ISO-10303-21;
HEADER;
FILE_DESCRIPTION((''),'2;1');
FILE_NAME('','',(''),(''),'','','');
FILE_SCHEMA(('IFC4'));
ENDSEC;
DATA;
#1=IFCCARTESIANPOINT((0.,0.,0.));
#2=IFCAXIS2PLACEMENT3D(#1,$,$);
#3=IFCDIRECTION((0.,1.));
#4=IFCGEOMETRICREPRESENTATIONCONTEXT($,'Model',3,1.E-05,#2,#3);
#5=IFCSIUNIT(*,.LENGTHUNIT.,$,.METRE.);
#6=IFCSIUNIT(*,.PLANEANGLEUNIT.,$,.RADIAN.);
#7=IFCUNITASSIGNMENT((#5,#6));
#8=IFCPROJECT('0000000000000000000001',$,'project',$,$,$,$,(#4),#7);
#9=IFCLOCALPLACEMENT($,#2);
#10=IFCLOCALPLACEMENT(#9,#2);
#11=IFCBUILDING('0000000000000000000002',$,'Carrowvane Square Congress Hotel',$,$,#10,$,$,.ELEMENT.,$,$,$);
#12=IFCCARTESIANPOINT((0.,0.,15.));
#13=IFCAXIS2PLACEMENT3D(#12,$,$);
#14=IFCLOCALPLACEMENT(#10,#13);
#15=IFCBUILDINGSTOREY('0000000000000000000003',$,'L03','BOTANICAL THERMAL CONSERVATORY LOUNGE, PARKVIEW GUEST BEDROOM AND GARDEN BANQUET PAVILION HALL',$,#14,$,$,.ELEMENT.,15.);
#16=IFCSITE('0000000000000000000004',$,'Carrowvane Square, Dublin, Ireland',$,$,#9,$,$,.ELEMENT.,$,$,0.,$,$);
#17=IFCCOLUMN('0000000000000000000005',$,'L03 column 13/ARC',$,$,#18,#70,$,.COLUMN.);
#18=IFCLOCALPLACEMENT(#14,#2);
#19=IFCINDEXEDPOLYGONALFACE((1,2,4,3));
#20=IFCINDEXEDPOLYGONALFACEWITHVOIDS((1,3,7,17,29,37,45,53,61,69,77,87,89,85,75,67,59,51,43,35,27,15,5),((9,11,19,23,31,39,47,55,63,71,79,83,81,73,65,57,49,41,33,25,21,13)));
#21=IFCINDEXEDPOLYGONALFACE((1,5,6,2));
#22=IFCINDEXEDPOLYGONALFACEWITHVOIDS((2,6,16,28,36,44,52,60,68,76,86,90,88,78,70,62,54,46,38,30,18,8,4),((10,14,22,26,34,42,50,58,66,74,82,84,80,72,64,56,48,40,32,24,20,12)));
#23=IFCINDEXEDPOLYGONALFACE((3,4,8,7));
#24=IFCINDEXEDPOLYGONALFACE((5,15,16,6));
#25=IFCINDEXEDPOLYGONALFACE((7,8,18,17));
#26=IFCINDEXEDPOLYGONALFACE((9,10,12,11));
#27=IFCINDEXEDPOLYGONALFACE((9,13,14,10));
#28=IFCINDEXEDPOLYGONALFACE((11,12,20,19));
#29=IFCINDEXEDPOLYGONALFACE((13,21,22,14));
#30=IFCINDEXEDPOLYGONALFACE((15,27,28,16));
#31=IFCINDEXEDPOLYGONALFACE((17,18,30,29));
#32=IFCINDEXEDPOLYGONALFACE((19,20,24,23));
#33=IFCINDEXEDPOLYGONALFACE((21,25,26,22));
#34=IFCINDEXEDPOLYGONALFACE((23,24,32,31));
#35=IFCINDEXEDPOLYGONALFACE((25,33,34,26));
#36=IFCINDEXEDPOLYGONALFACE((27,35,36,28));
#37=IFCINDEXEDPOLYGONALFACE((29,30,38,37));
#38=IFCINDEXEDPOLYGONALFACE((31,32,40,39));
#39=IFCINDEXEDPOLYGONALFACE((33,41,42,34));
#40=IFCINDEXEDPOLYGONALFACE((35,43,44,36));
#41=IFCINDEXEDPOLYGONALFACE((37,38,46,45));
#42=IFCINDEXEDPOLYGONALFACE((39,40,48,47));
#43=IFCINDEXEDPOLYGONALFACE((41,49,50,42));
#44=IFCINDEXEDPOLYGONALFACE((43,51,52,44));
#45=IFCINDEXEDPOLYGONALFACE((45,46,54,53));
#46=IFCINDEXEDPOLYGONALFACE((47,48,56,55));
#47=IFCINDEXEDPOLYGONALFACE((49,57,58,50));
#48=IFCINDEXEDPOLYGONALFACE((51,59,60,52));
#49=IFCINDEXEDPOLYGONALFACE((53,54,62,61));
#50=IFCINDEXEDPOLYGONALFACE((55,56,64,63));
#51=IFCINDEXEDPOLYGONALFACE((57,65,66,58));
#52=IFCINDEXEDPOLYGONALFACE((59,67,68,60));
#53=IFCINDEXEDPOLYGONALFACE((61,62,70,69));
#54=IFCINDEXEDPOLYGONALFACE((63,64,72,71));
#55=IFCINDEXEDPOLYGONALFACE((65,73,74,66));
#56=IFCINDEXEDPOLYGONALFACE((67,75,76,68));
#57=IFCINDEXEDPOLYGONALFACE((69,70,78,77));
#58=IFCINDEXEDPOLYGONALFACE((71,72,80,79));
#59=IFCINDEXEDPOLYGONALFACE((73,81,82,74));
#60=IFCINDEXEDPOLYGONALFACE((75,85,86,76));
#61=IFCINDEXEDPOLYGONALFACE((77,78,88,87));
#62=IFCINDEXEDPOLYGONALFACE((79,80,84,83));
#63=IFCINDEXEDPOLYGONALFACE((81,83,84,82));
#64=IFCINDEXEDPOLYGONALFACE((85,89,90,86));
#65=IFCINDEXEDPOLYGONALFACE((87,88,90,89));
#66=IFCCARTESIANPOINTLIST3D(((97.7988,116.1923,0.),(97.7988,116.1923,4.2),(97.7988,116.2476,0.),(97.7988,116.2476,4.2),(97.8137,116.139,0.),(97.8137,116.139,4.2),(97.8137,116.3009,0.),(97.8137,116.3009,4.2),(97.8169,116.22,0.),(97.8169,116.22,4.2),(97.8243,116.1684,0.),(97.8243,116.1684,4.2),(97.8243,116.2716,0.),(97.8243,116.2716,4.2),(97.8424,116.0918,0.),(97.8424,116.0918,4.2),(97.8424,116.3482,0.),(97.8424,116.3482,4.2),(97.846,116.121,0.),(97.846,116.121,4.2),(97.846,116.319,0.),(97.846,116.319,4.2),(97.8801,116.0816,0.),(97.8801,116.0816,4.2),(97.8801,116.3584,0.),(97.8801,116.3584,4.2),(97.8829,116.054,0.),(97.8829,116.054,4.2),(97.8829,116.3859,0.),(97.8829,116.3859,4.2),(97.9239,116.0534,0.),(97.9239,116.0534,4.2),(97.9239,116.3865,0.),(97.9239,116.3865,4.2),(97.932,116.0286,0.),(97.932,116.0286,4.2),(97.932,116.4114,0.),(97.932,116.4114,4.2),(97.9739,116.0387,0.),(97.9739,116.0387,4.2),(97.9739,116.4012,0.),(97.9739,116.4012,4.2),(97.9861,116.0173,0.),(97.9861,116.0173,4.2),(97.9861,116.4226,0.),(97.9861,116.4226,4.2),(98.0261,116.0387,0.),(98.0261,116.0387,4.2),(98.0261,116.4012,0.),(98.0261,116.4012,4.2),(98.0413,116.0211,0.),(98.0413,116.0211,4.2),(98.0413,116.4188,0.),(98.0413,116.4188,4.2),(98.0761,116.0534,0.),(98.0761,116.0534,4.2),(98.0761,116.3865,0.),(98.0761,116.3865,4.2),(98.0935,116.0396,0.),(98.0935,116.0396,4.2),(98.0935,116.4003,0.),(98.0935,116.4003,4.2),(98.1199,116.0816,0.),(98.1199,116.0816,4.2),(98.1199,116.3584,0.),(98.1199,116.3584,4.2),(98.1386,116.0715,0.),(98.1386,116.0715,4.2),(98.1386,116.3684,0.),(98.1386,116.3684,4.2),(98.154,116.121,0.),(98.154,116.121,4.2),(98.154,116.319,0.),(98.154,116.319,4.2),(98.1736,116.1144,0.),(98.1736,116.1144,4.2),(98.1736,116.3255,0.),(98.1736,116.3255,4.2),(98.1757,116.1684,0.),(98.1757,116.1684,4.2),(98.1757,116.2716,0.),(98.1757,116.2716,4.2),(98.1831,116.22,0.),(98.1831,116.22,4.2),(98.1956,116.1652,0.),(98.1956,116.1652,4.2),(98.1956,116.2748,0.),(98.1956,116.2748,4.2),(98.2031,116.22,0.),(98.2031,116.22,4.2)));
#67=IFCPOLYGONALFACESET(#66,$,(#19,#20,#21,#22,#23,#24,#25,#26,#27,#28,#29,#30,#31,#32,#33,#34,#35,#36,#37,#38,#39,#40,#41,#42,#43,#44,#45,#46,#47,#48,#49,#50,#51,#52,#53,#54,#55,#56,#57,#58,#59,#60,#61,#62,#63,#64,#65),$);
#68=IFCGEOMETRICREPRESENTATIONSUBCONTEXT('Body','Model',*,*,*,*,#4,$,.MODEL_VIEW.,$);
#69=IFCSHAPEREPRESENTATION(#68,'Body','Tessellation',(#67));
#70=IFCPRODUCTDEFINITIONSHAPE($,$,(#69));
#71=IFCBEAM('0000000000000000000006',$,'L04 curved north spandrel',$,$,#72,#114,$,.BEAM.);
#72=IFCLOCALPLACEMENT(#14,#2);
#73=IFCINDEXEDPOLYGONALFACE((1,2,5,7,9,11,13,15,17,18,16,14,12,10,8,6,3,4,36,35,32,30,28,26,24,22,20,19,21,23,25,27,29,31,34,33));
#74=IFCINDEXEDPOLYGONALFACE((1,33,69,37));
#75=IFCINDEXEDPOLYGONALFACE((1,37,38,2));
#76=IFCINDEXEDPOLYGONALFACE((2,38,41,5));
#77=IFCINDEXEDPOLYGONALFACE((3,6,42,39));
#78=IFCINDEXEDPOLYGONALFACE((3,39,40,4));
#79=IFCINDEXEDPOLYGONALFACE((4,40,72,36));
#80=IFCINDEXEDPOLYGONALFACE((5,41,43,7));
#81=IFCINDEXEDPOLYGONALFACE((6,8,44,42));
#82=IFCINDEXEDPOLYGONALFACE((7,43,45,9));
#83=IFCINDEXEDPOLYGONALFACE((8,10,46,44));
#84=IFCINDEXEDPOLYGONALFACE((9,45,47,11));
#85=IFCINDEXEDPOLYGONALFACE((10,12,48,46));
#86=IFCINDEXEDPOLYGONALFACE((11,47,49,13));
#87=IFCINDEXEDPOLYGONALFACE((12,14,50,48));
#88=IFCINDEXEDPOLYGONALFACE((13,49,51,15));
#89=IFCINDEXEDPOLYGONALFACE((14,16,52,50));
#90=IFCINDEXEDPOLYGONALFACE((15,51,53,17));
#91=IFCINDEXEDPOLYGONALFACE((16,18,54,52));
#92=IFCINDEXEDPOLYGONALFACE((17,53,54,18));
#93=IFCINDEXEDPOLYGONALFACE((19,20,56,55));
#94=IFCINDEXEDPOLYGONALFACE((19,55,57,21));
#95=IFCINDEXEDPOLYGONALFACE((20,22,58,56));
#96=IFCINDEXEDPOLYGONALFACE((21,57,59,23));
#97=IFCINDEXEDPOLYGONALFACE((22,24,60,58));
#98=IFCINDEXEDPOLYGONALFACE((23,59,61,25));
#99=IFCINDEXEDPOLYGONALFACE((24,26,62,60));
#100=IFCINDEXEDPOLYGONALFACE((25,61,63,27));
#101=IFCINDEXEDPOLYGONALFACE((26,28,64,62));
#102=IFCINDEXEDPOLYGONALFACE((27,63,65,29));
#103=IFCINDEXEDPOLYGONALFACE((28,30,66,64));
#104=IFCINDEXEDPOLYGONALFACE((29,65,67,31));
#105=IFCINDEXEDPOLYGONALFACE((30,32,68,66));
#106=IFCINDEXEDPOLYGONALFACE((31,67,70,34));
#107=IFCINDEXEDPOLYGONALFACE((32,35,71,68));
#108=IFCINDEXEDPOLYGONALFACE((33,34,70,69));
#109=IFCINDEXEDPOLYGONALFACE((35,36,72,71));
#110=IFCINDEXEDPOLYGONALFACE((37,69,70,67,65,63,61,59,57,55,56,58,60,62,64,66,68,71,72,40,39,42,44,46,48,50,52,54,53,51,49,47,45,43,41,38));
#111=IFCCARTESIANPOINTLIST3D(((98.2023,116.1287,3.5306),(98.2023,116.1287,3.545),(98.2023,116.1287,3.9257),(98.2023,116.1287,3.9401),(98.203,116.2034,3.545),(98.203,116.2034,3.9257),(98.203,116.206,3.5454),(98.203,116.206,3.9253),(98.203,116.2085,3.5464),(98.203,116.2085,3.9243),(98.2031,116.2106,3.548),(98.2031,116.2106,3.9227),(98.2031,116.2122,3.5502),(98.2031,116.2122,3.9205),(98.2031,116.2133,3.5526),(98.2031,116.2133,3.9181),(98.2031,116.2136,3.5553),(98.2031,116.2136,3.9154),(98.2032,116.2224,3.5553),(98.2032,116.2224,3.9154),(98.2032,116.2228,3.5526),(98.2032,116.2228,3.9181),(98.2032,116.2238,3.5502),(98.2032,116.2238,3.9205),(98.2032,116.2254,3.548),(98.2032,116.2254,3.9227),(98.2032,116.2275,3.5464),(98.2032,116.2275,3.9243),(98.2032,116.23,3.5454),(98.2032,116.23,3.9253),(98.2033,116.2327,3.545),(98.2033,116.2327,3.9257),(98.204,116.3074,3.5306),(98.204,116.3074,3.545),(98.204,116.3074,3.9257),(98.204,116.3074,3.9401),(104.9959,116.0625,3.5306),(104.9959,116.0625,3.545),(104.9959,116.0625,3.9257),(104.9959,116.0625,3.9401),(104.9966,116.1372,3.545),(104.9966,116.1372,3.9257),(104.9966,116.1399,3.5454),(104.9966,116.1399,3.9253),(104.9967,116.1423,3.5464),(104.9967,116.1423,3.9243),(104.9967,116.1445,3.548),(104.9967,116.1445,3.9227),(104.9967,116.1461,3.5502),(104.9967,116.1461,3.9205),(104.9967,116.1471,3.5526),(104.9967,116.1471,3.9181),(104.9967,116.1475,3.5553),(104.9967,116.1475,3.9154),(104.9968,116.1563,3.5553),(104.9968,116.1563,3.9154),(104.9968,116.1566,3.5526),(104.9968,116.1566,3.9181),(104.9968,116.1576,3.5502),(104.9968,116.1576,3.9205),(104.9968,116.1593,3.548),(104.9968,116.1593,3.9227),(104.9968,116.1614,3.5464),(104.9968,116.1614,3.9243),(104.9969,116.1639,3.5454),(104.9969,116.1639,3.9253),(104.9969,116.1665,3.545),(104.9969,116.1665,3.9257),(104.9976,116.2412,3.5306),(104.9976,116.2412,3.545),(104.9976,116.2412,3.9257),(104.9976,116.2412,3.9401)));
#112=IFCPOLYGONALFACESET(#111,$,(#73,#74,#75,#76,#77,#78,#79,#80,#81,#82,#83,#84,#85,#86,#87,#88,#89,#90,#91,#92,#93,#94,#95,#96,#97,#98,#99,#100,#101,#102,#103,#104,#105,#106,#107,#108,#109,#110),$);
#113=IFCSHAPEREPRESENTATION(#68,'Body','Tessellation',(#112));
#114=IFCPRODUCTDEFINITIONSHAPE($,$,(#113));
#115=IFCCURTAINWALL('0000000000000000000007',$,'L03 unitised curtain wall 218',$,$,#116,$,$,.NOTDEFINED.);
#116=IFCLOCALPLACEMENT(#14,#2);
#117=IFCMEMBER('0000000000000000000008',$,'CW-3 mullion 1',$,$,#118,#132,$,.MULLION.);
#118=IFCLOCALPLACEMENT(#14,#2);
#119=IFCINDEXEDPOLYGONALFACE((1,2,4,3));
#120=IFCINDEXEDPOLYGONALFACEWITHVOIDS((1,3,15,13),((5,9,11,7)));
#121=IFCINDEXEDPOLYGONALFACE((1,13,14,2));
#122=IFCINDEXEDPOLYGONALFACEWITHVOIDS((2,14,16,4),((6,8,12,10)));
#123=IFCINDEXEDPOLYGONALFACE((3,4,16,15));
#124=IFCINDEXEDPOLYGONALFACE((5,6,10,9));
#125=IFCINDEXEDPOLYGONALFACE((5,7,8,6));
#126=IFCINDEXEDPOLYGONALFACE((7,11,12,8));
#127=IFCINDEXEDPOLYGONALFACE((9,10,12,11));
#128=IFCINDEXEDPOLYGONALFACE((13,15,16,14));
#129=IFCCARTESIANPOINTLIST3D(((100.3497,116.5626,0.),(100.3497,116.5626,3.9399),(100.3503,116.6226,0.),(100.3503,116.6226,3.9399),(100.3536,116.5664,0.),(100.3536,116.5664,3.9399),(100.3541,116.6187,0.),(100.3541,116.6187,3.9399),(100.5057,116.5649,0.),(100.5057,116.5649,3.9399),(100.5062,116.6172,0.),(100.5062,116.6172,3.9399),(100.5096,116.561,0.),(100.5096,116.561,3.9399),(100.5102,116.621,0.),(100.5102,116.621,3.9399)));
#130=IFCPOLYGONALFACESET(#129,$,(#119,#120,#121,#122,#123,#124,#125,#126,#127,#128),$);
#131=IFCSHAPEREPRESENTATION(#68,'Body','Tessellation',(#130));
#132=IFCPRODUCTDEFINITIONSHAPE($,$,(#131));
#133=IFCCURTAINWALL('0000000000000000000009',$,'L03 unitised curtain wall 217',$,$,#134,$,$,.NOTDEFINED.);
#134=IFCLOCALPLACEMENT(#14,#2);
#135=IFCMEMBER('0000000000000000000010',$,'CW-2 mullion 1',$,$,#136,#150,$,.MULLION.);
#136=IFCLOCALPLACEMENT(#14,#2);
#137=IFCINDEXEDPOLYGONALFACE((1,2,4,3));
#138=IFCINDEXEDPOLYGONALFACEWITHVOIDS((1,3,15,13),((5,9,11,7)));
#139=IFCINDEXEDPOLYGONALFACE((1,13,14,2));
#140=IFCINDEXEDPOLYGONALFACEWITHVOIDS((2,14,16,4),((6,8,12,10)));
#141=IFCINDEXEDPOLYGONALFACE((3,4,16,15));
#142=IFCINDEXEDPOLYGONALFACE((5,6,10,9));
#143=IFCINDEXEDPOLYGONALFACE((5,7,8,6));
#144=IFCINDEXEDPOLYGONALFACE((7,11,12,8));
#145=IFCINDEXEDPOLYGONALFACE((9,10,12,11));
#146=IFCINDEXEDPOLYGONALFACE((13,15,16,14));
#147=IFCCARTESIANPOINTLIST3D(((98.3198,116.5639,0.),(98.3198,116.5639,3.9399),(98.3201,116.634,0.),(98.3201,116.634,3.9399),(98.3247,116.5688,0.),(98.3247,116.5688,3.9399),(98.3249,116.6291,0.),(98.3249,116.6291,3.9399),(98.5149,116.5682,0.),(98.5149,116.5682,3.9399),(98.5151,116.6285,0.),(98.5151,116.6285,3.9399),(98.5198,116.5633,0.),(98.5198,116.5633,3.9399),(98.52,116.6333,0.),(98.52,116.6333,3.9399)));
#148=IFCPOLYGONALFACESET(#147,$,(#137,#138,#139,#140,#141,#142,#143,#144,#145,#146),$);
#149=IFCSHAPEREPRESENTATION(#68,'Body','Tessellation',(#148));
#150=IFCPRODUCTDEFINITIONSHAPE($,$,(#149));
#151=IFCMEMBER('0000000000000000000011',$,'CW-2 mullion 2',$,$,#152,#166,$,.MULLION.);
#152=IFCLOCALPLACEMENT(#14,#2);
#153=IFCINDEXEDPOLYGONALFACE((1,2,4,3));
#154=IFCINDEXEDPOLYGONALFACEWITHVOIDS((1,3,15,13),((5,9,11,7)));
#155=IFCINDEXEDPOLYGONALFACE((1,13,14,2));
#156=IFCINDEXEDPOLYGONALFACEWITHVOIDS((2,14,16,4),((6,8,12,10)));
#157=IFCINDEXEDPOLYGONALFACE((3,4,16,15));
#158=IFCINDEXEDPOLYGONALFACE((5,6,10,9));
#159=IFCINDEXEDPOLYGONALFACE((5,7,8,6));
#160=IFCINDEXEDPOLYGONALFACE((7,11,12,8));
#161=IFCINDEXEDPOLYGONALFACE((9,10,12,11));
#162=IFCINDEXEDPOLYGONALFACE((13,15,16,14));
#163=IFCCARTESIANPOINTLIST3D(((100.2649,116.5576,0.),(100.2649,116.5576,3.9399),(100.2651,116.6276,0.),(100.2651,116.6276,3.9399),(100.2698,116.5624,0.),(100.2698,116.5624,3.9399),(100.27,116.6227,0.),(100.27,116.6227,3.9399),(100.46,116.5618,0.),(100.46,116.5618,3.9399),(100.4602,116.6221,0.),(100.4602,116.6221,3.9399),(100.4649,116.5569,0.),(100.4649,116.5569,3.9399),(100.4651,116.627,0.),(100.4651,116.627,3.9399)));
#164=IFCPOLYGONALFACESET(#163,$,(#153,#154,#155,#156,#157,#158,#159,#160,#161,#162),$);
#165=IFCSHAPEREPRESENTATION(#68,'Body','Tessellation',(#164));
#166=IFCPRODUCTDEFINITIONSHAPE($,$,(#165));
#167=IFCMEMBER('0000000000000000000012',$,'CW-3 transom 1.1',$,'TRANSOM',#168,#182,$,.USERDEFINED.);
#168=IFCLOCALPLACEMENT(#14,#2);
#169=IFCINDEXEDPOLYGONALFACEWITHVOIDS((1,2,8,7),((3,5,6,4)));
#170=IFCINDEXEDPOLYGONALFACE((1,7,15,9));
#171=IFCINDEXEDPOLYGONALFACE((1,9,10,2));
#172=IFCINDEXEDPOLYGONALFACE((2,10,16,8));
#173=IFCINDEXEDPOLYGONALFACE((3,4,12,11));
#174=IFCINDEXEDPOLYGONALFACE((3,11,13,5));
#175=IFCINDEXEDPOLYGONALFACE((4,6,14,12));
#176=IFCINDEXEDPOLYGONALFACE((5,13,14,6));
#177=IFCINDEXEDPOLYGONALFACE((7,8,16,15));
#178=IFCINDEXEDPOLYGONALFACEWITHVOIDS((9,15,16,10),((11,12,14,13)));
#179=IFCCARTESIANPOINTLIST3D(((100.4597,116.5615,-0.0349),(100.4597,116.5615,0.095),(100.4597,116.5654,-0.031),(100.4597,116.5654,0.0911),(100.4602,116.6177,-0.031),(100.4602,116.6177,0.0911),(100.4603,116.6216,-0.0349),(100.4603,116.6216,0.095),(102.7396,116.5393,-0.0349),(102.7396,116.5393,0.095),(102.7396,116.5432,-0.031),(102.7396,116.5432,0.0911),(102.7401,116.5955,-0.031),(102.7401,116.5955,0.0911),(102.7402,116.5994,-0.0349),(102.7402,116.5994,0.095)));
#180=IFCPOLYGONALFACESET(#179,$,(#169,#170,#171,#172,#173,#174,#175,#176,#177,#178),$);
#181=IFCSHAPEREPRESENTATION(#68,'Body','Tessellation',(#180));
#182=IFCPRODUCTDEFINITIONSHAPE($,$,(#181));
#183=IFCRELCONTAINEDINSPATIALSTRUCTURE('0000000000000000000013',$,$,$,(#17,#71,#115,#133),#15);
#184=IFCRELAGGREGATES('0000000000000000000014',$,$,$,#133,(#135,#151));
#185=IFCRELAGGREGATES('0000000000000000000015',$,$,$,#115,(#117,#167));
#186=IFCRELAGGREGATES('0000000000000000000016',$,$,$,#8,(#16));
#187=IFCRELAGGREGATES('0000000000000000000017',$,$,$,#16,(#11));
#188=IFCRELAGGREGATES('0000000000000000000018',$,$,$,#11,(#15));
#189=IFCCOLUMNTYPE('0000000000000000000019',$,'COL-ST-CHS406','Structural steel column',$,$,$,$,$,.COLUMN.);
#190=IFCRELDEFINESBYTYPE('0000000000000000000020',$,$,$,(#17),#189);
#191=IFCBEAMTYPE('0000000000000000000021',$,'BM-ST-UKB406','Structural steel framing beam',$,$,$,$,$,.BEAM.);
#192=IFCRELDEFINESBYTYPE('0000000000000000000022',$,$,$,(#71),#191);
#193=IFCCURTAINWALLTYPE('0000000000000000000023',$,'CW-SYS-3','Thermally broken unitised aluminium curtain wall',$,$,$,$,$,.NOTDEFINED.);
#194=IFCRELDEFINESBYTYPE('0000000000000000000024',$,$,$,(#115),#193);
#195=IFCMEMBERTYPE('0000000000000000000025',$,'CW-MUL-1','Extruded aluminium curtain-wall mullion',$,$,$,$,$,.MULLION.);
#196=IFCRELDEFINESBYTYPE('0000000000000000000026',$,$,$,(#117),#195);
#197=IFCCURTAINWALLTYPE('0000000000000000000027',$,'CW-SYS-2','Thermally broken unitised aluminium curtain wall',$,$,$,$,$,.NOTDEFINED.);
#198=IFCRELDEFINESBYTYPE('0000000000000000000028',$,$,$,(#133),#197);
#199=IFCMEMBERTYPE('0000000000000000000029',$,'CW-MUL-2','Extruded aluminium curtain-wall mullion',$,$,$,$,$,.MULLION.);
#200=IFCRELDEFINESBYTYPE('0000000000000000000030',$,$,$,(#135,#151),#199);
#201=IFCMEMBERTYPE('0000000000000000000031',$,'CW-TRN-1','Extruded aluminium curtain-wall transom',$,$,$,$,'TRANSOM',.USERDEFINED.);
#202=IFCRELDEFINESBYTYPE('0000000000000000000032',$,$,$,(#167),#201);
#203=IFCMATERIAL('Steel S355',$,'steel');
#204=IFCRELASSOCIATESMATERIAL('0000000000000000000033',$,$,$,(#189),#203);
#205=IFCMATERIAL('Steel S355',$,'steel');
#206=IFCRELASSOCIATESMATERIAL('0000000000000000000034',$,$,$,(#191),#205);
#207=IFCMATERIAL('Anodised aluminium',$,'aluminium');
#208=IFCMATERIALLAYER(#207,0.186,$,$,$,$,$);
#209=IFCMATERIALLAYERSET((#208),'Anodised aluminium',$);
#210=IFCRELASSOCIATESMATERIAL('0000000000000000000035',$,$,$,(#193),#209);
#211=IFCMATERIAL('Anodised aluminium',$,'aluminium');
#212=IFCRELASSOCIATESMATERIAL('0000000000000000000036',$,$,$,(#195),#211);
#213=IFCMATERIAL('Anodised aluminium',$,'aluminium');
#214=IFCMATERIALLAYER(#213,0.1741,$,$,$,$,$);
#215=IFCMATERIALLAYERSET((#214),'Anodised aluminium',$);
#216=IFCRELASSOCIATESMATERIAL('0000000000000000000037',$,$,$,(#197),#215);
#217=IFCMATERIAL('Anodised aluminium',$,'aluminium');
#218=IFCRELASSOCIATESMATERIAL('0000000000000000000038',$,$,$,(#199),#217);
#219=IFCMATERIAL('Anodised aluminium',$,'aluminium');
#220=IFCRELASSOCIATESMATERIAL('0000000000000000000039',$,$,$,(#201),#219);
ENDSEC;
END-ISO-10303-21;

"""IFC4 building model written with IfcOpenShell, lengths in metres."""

from ifc_helpers import new_model, si_unit, direction, frame, origin, origin_2d, place, context, subcontext, project, spatial, hollow_rectangle, hollow_circle, i_section, extrude, material, layer, layer_set, material_profile, profile_set, type_object, element, aggregate, save


model = new_model("IFC4")

# Units and contexts
model_context = context("Model", 3, precision=1e-05, world=origin(), true_north=direction((0.0, 1.0)))
body_context = subcontext(model_context, "Body", "Model", "MODEL_VIEW")
ifc_project = project(units=[si_unit("LENGTHUNIT", "METRE"), si_unit("PLANEANGLEUNIT", "RADIAN")], contexts=[model_context])

# Site, building, storey
site_placement = place(None, origin())
site = spatial("IfcSite", under=ifc_project, at=site_placement, Name="Carrowvane Square, Dublin, Ireland", CompositionType="ELEMENT", RefElevation=0.0)
building_placement = place(site_placement, origin())
building = spatial("IfcBuilding", under=site, at=building_placement, Name="Carrowvane Square Congress Hotel", CompositionType="ELEMENT")
storey_placement = place(building_placement, frame((0.0, 0.0, 15.0)))
storey = spatial("IfcBuildingStorey", under=building, at=storey_placement, Name="L03", Description="BOTANICAL THERMAL CONSERVATORY LOUNGE, PARKVIEW GUEST BEDROOM AND GARDEN BANQUET PAVILION HALL", CompositionType="ELEMENT", Elevation=15.0)

# Column
ifc_material_1 = material(Name="Steel S355", Category="steel")
ifc_material_profile_1 = material_profile(ifc_material_1, hollow_circle(Radius=0.2031, WallThickness=0.02, at=origin_2d()), Name="CHS 406.4x20")
ifc_profile_set_1 = profile_set([ifc_material_profile_1], Name="Steel S355")
column_type = type_object("IfcColumnType", Name="COL-ST-CHS406", Description="Structural steel column", PredefinedType="COLUMN", material=ifc_profile_set_1)
column_placement = place(storey_placement, frame((98.0, 116.22, 0.0), z_axis=(0.0, 0.0, 1.0), x_axis=(1.0, 0.0, 0.0)))
element("IfcColumn", 1, at=column_placement, inside=storey, type_object=column_type, Name="L03 column 13/ARC", PredefinedType="COLUMN", context=body_context, shape_type="SweptSolid", body=[
    extrude(hollow_circle(Radius=0.2031, WallThickness=0.02, at=origin_2d()), origin(), (0.0, 0.0, 1.0), 4.2),
])

# Beam
ifc_material_2 = material(Name="Steel S355", Category="steel")
ifc_material_profile_2 = material_profile(ifc_material_2, i_section(OverallWidth=0.1787, OverallDepth=0.4094, WebThickness=0.0088, FlangeThickness=0.0144, FilletRadius=0.0103, at=origin_2d()), Name="UKB 406x178x67")
ifc_profile_set_2 = profile_set([ifc_material_profile_2], Name="Steel S355")
beam_type = type_object("IfcBeamType", Name="BM-ST-UKB406", Description="Structural steel framing beam", PredefinedType="BEAM", material=ifc_profile_set_2)
beam_placement = place(storey_placement, frame((98.2031, 116.218, 3.7354), z_axis=(0.999953, -0.009738, 0.0), x_axis=(0.009738, 0.999953, 0.0)))
element("IfcBeam", 2, at=beam_placement, inside=storey, type_object=beam_type, Name="L04 curved north spandrel", PredefinedType="BEAM", context=body_context, shape_type="SweptSolid", body=[
    extrude(i_section(OverallWidth=0.1787, OverallDepth=0.4094, WebThickness=0.0088, FlangeThickness=0.0144, FilletRadius=0.0103, at=origin_2d()), origin(), (0.0, 0.0, 1.0), 6.7939),
])

# Curtain wall, member
ifc_material_3 = material(Name="Anodised aluminium", Category="aluminium")
ifc_layer_1 = layer(ifc_material_3, 0.186)
ifc_layer_set_1 = layer_set([ifc_layer_1], Name="Anodised aluminium")
curtain_wall_type_1 = type_object("IfcCurtainWallType", Name="CW-SYS-3", Description="Thermally broken unitised aluminium curtain wall", PredefinedType="NOTDEFINED", material=ifc_layer_set_1)
curtain_wall_1_placement = place(storey_placement, origin())
curtain_wall_1 = element("IfcCurtainWall", 3, at=curtain_wall_1_placement, inside=storey, type_object=curtain_wall_type_1, Name="L03 unitised curtain wall 218", PredefinedType="NOTDEFINED")
ifc_material_4 = material(Name="Anodised aluminium", Category="aluminium")
ifc_material_profile_3 = material_profile(ifc_material_4, hollow_rectangle(XDim=0.0601, YDim=0.1599, WallThickness=0.0039, at=origin_2d()), Name="CW-ML 60x160x4")
ifc_profile_set_3 = profile_set([ifc_material_profile_3], Name="Anodised aluminium")
member_type_1 = type_object("IfcMemberType", Name="CW-MUL-1", Description="Extruded aluminium curtain-wall mullion", PredefinedType="MULLION", material=ifc_profile_set_3)
member_1_placement = place(storey_placement, frame((100.4299, 116.5918, 0.0), z_axis=(0.0, 0.0, 1.0), x_axis=(0.009783, 0.999952, 0.0)))
member_1 = element("IfcMember", 4, at=member_1_placement, type_object=member_type_1, Name="CW-3 mullion 1", PredefinedType="MULLION", context=body_context, shape_type="SweptSolid", body=[
    extrude(hollow_rectangle(XDim=0.0601, YDim=0.1599, WallThickness=0.0039, at=origin_2d()), origin(), (0.0, 0.0, 1.0), 3.9399),
])

# Curtain wall, members
ifc_material_5 = material(Name="Anodised aluminium", Category="aluminium")
ifc_layer_2 = layer(ifc_material_5, 0.1741)
ifc_layer_set_2 = layer_set([ifc_layer_2], Name="Anodised aluminium")
curtain_wall_type_2 = type_object("IfcCurtainWallType", Name="CW-SYS-2", Description="Thermally broken unitised aluminium curtain wall", PredefinedType="NOTDEFINED", material=ifc_layer_set_2)
curtain_wall_2_placement = place(storey_placement, origin())
curtain_wall_2 = element("IfcCurtainWall", 5, at=curtain_wall_2_placement, inside=storey, type_object=curtain_wall_type_2, Name="L03 unitised curtain wall 217", PredefinedType="NOTDEFINED")
ifc_material_6 = material(Name="Anodised aluminium", Category="aluminium")
ifc_material_profile_4 = material_profile(ifc_material_6, hollow_rectangle(XDim=0.0701, YDim=0.2, WallThickness=0.0049, at=origin_2d()), Name="CW-ML 70x200x5")
ifc_profile_set_4 = profile_set([ifc_material_profile_4], Name="Anodised aluminium")
member_type_2 = type_object("IfcMemberType", Name="CW-MUL-2", Description="Extruded aluminium curtain-wall mullion", PredefinedType="MULLION", material=ifc_profile_set_4)
member_2_placement = place(storey_placement, frame((98.4199, 116.5986, 0.0), z_axis=(0.0, 0.0, 1.0), x_axis=(0.00327, 0.999995, 0.0)))
member_2 = element("IfcMember", 6, at=member_2_placement, type_object=member_type_2, Name="CW-2 mullion 1", PredefinedType="MULLION", context=body_context, shape_type="SweptSolid", body=[
    extrude(hollow_rectangle(XDim=0.0701, YDim=0.2, WallThickness=0.0049, at=origin_2d()), origin(), (0.0, 0.0, 1.0), 3.9399),
])
member_3_placement = place(storey_placement, frame((100.365, 116.5923, 0.0), z_axis=(0.0, 0.0, 1.0), x_axis=(0.00327, 0.999995, 0.0)))
member_3 = element("IfcMember", 7, at=member_3_placement, type_object=member_type_2, Name="CW-2 mullion 2", PredefinedType="MULLION", context=body_context, shape_type="SweptSolid", body=[
    extrude(hollow_rectangle(XDim=0.0701, YDim=0.2, WallThickness=0.0049, at=origin_2d()), origin(), (0.0, 0.0, 1.0), 3.9399),
])

# Member
ifc_material_7 = material(Name="Anodised aluminium", Category="aluminium")
ifc_material_profile_5 = material_profile(ifc_material_7, hollow_rectangle(XDim=0.0601, YDim=0.1299, WallThickness=0.0039, at=origin_2d()), Name="CW-TR 60x130x4")
ifc_profile_set_5 = profile_set([ifc_material_profile_5], Name="Anodised aluminium")
member_type_3 = type_object("IfcMemberType", Name="CW-TRN-1", Description="Extruded aluminium curtain-wall transom", ElementType="TRANSOM", PredefinedType="USERDEFINED", material=ifc_profile_set_5)
member_4_placement = place(storey_placement, frame((100.46, 116.5916, 0.03), z_axis=(0.999953, -0.009744, 0.0), x_axis=(0.009744, 0.999953, 0.0)))
member_4 = element("IfcMember", 8, at=member_4_placement, type_object=member_type_3, Name="CW-3 transom 1.1", ObjectType="TRANSOM", PredefinedType="USERDEFINED", context=body_context, shape_type="SweptSolid", body=[
    extrude(hollow_rectangle(XDim=0.0601, YDim=0.1299, WallThickness=0.0039, at=origin_2d()), origin(), (0.0, 0.0, 1.0), 2.28),
])

aggregate(curtain_wall_2, [member_2, member_3])
aggregate(curtain_wall_1, [member_1, member_4])

save(model, "model.ifc")
